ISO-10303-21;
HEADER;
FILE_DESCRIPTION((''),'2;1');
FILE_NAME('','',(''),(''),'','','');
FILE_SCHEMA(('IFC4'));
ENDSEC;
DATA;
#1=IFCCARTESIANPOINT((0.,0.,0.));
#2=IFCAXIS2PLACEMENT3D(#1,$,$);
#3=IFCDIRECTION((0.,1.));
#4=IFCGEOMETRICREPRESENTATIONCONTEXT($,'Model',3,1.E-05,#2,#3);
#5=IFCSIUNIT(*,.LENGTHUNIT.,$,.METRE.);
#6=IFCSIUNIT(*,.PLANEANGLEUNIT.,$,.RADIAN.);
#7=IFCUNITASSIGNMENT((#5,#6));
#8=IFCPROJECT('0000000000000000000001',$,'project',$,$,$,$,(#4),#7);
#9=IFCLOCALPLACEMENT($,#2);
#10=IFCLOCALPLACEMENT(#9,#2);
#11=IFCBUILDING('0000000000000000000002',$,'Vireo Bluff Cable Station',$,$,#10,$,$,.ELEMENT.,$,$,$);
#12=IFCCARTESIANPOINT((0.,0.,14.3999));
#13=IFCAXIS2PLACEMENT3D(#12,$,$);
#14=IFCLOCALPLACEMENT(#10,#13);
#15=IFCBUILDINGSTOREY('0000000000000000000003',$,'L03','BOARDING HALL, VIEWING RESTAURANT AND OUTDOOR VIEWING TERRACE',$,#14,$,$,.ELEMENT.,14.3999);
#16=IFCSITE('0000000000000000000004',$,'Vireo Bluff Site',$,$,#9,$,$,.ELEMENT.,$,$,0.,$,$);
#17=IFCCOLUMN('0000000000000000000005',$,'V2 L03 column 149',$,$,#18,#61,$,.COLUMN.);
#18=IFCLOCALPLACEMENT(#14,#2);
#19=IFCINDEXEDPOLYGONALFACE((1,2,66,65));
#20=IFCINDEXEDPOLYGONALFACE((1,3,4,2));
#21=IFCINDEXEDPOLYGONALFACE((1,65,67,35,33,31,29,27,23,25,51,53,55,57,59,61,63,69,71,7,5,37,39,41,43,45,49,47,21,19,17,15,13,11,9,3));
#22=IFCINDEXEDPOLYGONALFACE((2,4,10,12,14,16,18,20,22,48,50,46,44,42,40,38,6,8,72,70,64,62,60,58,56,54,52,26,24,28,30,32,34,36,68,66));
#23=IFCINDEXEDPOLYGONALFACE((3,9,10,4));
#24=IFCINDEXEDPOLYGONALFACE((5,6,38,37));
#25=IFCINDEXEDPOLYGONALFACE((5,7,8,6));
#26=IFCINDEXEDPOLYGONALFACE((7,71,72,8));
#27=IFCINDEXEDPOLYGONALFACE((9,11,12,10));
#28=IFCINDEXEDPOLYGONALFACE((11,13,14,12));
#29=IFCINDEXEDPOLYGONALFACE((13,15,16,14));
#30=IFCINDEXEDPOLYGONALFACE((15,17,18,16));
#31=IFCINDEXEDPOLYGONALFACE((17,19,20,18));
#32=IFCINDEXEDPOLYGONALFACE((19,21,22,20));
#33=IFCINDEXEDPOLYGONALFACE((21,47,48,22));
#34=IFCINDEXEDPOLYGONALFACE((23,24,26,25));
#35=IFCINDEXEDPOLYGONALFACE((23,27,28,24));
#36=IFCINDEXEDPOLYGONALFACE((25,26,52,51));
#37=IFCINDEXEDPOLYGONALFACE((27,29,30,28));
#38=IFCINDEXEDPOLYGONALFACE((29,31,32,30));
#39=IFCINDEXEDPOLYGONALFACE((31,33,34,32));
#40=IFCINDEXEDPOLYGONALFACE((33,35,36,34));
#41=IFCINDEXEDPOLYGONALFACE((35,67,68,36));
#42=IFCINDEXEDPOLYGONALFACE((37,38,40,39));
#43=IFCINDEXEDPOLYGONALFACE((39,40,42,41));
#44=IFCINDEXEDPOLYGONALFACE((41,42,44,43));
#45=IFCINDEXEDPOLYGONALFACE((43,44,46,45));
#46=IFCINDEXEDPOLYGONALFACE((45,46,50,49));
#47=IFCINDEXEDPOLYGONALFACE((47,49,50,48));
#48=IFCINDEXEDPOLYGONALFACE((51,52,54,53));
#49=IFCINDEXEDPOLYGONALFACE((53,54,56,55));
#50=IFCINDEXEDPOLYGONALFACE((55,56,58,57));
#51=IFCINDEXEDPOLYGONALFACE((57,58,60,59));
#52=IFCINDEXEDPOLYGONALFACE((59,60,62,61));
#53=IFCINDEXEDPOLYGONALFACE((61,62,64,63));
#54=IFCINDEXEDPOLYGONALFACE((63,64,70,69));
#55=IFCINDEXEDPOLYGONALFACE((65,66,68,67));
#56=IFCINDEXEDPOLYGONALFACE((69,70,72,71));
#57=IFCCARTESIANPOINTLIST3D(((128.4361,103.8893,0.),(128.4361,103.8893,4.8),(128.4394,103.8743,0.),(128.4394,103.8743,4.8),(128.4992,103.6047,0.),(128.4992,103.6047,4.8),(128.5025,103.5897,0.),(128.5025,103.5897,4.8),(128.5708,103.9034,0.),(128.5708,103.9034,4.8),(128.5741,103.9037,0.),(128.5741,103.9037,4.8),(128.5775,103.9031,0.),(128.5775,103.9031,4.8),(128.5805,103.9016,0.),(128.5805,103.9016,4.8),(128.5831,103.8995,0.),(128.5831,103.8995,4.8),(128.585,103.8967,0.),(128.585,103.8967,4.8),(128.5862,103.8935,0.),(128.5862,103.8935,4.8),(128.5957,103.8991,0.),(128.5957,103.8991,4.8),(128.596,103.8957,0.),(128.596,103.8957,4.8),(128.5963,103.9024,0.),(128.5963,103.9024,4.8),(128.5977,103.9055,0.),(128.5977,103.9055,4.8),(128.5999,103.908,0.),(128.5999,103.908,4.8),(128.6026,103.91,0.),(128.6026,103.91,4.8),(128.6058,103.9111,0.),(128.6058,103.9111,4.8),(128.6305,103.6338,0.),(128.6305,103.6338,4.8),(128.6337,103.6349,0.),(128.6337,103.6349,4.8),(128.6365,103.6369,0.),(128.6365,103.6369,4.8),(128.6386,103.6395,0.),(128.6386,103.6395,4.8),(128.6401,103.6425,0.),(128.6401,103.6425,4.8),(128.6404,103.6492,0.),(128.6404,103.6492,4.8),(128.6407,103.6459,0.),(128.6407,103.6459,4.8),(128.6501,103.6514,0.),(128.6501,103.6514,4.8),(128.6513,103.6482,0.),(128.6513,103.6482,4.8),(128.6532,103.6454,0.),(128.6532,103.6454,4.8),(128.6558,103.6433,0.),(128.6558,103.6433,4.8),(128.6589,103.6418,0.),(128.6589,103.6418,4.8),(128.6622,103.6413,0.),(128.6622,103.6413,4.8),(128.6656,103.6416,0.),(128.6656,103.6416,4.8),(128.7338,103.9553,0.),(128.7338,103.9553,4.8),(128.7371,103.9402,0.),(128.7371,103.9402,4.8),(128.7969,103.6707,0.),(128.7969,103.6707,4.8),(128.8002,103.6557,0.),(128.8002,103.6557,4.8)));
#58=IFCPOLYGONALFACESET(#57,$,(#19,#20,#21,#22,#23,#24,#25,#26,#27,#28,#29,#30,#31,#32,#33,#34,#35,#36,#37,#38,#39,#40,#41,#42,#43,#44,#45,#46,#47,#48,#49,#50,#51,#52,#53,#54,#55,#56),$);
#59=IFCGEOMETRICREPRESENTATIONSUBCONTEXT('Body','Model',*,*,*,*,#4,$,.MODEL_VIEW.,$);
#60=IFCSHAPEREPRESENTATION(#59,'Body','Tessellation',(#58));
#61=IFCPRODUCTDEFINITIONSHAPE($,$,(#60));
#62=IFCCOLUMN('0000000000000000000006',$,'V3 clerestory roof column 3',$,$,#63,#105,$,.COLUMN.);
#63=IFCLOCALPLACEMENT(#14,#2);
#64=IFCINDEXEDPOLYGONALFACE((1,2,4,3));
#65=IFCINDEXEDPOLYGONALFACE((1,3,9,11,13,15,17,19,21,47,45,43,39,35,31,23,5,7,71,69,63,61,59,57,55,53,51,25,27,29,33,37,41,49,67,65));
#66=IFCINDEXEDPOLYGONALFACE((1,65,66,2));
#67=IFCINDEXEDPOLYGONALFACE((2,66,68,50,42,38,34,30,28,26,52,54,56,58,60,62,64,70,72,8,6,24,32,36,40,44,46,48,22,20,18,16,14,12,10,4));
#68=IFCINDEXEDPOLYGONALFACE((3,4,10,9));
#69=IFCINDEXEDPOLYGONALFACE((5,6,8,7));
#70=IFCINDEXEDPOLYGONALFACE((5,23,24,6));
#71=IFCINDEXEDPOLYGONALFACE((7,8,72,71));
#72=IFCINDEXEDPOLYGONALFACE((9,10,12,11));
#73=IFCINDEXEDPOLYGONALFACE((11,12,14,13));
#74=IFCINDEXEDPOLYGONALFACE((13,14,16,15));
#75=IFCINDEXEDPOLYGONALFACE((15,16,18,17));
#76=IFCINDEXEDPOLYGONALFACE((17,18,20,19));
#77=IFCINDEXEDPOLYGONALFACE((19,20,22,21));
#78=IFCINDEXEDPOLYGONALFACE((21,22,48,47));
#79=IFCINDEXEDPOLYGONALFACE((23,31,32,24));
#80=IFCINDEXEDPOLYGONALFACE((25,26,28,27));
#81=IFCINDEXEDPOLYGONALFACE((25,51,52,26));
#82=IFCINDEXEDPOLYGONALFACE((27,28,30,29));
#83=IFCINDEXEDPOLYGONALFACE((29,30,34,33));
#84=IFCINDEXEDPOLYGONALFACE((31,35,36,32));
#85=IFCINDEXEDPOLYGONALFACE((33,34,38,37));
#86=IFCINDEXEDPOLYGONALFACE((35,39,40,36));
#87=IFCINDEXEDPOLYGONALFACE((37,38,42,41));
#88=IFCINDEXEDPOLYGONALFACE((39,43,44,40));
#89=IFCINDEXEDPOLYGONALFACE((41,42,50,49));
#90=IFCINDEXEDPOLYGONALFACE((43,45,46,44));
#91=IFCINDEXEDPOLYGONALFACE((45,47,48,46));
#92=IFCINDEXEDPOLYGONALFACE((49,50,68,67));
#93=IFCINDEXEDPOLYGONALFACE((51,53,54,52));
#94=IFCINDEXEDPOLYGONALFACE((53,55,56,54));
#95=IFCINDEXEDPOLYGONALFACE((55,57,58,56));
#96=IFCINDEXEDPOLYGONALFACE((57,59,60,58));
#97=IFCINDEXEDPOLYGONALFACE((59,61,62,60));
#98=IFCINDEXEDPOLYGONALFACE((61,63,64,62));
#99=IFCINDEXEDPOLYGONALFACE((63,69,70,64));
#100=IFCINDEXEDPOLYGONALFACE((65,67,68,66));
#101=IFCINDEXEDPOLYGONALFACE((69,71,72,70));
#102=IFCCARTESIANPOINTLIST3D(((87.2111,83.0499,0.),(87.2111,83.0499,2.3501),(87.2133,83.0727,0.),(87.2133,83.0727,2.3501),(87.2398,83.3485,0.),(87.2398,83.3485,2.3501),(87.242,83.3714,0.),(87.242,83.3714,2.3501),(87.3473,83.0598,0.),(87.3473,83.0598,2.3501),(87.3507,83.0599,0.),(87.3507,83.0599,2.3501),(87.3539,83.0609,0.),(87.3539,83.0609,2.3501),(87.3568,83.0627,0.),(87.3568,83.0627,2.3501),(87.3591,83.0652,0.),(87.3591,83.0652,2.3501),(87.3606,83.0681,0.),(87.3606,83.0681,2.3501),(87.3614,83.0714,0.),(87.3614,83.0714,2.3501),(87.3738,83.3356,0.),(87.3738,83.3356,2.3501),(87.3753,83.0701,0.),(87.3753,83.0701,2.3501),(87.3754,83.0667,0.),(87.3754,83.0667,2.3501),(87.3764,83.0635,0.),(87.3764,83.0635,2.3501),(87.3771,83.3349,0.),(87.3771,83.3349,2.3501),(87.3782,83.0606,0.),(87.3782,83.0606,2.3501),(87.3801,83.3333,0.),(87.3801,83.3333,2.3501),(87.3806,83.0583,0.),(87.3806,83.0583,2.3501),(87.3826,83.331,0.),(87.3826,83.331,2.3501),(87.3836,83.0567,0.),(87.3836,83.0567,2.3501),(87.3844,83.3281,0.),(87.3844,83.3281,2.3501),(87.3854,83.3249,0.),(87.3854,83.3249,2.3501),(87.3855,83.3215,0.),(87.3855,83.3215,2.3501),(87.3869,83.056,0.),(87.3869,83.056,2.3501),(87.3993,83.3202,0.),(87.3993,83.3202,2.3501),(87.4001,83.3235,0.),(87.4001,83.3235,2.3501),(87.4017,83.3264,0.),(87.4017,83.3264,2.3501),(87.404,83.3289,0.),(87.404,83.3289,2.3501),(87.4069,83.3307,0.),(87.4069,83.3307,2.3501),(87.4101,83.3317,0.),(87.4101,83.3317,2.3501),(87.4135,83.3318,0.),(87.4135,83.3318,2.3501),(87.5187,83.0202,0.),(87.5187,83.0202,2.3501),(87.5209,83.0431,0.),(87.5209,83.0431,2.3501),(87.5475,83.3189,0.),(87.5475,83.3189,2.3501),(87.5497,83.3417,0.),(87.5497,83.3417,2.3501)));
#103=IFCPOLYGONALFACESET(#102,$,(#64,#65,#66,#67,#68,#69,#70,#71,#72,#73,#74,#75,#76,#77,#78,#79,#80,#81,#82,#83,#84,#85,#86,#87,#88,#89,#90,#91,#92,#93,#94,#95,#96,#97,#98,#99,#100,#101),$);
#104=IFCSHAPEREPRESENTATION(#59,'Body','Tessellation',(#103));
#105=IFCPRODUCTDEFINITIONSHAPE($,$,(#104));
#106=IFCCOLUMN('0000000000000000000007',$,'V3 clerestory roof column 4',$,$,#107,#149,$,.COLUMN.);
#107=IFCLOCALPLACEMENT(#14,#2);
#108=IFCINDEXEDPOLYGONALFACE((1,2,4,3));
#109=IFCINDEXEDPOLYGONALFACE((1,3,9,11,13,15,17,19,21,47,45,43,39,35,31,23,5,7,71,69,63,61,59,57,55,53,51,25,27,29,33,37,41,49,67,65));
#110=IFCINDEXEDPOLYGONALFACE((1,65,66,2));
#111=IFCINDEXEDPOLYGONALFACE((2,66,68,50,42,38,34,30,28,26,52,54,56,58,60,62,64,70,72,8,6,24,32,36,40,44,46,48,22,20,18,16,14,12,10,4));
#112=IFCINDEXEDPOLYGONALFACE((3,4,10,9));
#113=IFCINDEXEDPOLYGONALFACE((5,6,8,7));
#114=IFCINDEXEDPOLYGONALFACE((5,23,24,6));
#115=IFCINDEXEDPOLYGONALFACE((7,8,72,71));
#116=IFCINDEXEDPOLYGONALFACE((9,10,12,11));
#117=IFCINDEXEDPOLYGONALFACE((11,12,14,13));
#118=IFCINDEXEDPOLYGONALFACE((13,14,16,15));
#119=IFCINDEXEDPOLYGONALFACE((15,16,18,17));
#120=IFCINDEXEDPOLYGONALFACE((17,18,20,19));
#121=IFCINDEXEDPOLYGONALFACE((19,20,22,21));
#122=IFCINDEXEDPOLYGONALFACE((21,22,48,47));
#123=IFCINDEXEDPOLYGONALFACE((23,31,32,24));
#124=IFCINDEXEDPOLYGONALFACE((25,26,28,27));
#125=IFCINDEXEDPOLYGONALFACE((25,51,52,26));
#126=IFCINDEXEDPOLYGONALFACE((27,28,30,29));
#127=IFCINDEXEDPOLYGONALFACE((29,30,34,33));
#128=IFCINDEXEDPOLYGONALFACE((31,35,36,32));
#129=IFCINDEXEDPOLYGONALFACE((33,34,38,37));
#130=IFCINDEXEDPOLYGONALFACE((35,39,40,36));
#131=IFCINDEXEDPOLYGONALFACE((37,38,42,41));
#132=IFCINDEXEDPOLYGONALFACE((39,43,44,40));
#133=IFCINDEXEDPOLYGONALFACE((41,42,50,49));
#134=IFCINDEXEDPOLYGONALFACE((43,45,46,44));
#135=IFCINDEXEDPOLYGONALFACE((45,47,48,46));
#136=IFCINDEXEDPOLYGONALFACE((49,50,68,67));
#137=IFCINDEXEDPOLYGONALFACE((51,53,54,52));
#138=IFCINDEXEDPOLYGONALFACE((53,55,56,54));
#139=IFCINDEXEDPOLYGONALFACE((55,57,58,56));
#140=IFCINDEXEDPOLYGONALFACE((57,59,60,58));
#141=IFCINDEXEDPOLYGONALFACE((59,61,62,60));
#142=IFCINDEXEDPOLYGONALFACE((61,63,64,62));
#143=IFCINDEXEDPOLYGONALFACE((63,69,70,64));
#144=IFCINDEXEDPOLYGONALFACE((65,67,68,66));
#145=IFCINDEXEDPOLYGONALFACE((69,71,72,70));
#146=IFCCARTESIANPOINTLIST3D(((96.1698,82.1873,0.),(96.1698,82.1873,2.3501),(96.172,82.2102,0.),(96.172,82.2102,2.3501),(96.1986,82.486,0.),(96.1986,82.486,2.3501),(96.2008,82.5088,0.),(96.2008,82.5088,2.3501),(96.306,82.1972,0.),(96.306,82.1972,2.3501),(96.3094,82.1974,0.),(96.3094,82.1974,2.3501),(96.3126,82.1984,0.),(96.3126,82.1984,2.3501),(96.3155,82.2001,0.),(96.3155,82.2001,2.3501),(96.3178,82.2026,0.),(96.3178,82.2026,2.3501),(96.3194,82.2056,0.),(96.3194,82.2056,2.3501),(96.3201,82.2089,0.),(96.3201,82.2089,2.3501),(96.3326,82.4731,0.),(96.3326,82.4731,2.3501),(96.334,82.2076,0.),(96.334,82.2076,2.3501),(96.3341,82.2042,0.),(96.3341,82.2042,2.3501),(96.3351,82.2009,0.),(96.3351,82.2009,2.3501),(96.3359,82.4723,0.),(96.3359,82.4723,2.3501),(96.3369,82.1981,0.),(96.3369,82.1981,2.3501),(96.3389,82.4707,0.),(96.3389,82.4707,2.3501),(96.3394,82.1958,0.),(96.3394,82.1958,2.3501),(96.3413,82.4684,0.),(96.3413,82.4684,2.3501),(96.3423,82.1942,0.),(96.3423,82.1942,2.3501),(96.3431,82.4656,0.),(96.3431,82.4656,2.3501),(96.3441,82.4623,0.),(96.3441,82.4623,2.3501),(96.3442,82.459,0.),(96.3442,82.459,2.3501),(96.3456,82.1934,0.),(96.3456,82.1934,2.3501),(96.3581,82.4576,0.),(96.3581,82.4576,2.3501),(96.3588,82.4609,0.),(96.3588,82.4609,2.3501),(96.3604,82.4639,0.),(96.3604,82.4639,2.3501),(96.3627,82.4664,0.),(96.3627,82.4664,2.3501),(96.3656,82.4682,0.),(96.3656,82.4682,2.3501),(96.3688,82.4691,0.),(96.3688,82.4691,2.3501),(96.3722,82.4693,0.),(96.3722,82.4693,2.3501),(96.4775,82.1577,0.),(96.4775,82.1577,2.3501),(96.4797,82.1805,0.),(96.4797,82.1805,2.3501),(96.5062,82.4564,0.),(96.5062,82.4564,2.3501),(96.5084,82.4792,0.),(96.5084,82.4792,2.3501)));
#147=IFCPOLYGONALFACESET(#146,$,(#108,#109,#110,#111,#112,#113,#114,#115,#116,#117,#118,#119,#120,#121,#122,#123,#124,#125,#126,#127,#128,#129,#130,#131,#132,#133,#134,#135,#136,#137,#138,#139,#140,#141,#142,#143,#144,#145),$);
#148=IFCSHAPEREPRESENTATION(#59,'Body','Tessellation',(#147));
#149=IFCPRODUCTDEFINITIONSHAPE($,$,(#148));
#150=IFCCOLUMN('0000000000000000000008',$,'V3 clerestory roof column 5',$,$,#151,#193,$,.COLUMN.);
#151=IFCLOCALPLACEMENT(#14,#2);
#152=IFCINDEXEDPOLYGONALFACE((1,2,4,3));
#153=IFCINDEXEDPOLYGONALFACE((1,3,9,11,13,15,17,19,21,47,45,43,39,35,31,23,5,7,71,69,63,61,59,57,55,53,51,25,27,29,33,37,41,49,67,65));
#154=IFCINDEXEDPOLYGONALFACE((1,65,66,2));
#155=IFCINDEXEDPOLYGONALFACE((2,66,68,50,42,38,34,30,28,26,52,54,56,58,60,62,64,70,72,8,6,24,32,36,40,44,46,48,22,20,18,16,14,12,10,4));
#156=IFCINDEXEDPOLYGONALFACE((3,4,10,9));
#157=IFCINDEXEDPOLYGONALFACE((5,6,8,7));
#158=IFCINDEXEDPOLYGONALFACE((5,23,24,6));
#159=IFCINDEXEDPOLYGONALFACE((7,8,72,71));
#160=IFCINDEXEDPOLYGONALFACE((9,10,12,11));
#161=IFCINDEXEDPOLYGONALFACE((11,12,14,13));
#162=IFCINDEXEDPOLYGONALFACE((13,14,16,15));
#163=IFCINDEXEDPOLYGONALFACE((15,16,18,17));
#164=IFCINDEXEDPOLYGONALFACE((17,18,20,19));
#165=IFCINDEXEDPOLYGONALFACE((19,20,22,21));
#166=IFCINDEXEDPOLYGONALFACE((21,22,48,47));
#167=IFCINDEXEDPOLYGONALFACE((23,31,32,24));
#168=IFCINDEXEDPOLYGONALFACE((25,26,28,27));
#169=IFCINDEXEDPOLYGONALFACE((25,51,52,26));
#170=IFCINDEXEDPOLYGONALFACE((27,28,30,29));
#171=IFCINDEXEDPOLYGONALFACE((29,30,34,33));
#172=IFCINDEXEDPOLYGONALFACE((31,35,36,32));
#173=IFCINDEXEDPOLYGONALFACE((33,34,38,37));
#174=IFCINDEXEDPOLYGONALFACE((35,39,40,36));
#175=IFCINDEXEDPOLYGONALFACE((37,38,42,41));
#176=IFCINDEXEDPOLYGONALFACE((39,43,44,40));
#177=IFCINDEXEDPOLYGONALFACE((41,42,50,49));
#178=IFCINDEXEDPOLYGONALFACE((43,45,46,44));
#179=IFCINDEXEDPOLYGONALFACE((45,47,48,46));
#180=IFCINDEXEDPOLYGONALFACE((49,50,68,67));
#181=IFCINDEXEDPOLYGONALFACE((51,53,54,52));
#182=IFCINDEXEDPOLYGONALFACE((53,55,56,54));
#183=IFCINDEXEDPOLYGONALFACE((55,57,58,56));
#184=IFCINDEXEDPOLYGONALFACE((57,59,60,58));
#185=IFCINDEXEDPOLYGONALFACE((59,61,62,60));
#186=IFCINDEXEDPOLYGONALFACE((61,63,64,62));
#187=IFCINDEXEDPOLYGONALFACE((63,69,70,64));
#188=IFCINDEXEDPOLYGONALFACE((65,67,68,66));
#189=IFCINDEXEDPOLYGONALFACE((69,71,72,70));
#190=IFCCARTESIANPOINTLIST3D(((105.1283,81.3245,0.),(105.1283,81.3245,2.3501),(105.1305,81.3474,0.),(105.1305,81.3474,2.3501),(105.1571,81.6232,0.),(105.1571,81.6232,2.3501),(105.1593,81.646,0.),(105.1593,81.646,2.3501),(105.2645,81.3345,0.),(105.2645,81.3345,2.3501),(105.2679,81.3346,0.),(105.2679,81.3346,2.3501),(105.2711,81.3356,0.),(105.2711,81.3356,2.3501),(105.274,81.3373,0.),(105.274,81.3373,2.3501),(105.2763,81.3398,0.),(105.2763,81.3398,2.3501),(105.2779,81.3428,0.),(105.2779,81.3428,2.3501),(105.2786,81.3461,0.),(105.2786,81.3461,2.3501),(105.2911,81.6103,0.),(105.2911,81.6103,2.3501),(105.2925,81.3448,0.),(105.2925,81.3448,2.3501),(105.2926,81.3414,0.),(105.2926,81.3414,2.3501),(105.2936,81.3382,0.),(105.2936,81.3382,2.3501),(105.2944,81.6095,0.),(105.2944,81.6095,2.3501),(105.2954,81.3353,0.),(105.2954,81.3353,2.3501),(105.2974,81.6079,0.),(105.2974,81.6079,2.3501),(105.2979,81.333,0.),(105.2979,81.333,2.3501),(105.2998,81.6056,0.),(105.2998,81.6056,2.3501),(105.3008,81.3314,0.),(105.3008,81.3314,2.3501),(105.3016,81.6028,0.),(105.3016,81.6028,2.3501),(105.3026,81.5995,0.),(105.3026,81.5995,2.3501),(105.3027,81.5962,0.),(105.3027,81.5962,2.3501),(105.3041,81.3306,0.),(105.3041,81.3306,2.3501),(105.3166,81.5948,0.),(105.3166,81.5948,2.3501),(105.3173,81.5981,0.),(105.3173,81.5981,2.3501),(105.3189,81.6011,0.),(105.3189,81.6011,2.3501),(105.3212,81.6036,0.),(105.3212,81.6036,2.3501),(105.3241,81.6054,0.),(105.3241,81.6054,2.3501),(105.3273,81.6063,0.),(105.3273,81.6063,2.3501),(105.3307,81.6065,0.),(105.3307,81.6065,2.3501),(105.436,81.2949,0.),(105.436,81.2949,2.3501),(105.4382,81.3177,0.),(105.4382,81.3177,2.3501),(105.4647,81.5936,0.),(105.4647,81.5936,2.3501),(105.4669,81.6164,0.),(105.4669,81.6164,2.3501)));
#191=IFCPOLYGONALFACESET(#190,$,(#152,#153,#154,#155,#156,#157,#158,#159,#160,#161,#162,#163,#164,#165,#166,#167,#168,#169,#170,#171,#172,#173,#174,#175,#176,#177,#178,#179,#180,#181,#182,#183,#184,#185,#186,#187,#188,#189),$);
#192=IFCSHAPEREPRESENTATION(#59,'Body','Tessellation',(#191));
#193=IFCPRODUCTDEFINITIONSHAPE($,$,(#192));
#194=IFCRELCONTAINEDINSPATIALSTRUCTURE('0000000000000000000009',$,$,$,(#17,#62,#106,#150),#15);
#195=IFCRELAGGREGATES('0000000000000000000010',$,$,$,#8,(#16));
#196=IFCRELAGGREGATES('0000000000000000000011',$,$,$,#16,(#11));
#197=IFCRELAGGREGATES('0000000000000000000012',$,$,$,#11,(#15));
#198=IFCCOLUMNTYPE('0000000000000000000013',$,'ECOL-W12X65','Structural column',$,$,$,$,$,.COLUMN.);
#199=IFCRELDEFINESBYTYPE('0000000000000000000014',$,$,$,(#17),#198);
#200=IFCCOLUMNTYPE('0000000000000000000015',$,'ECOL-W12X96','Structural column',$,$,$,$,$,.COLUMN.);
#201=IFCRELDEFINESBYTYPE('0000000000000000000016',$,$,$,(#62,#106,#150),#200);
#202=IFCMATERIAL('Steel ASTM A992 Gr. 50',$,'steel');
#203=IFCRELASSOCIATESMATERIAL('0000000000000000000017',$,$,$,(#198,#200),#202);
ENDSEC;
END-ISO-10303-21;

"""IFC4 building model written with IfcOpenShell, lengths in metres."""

from ifc_helpers import new_model, si_unit, direction, frame, origin, origin_2d, place, context, subcontext, project, spatial, i_section, extrude, material, material_profile, profile_set, type_object, element, save


model = new_model("IFC4")

# Units and contexts
model_context = context("Model", 3, precision=1e-05, world=origin(), true_north=direction((0.0, 1.0)))
body_context = subcontext(model_context, "Body", "Model", "MODEL_VIEW")
ifc_project = project(units=[si_unit("LENGTHUNIT", "METRE"), si_unit("PLANEANGLEUNIT", "RADIAN")], contexts=[model_context])

# Site, building, storey
site_placement = place(None, origin())
site = spatial("IfcSite", under=ifc_project, at=site_placement, Name="Vireo Bluff Site", CompositionType="ELEMENT", RefElevation=0.0)
building_placement = place(site_placement, origin())
building = spatial("IfcBuilding", under=site, at=building_placement, Name="Vireo Bluff Cable Station", CompositionType="ELEMENT")
storey_placement = place(building_placement, frame((0.0, 0.0, 14.3999)))
storey = spatial("IfcBuildingStorey", under=building, at=storey_placement, Name="L03", Description="BOARDING HALL, VIEWING RESTAURANT AND OUTDOOR VIEWING TERRACE", CompositionType="ELEMENT", Elevation=14.3999)

# Columns
ifc_material_1 = material(Name="Steel ASTM A992 Gr. 50", Category="steel")
ifc_material_profile_1 = material_profile(ifc_material_1, i_section(OverallWidth=0.3049, OverallDepth=0.3069, WebThickness=0.01, FlangeThickness=0.0154, FilletRadius=0.0129, at=origin_2d()), Name="W12X65")
ifc_profile_set_1 = profile_set([ifc_material_profile_1], Name="Steel ASTM A992 Gr. 50")
column_type_1 = type_object("IfcColumnType", Name="ECOL-W12X65", Description="Structural column", PredefinedType="COLUMN", material=ifc_profile_set_1)
column_placement = place(storey_placement, frame((128.6182, 103.7725, 0.0), z_axis=(0.0, 0.0, 1.0), x_axis=(0.976296, 0.21644, 0.0)))
element("IfcColumn", 1, at=column_placement, inside=storey, type_object=column_type_1, Name="V2 L03 column 149", PredefinedType="COLUMN", context=body_context, shape_type="SweptSolid", body=[
    extrude(i_section(OverallWidth=0.3049, OverallDepth=0.3069, WebThickness=0.01, FlangeThickness=0.0154, FilletRadius=0.0129, at=origin_2d()), origin(), (0.0, 0.0, 1.0), 4.8),
])
ifc_material_profile_2 = material_profile(ifc_material_1, i_section(OverallWidth=0.3091, OverallDepth=0.323, WebThickness=0.0139, FlangeThickness=0.0229, FilletRadius=0.0129, at=origin_2d()), Name="W12X96")
ifc_profile_set_2 = profile_set([ifc_material_profile_2], Name="Steel ASTM A992 Gr. 50")
column_type_2 = type_object("IfcColumnType", Name="ECOL-W12X96", Description="Structural column", PredefinedType="COLUMN", material=ifc_profile_set_2)
for number, where, z_axis, x_axis, name in (
    (2, (87.3804, 83.1958, 0.0), (0.0, 0.0, 1.0), (0.995396, -0.095846, 0.0), "V3 clerestory roof column 3"),
    (3, (96.3391, 82.3333, 0.0), (0.0, 0.0, 1.0), (0.995396, -0.095846, 0.0), "V3 clerestory roof column 4"),
    (4, (105.2976, 81.4705, 0.0), (0.0, 0.0, 1.0), (0.995396, -0.095846, 0.0), "V3 clerestory roof column 5"),
):
    element("IfcColumn", number, at=place(storey_placement, frame(where, z_axis=z_axis, x_axis=x_axis)), inside=storey, type_object=column_type_2, Name=name, PredefinedType="COLUMN", context=body_context, shape_type="SweptSolid", body=[
        extrude(i_section(OverallWidth=0.3091, OverallDepth=0.323, WebThickness=0.0139, FlangeThickness=0.0229, FilletRadius=0.0129, at=origin_2d()), origin(), (0.0, 0.0, 1.0), 2.3501),
    ])

save(model, "model.ifc")
